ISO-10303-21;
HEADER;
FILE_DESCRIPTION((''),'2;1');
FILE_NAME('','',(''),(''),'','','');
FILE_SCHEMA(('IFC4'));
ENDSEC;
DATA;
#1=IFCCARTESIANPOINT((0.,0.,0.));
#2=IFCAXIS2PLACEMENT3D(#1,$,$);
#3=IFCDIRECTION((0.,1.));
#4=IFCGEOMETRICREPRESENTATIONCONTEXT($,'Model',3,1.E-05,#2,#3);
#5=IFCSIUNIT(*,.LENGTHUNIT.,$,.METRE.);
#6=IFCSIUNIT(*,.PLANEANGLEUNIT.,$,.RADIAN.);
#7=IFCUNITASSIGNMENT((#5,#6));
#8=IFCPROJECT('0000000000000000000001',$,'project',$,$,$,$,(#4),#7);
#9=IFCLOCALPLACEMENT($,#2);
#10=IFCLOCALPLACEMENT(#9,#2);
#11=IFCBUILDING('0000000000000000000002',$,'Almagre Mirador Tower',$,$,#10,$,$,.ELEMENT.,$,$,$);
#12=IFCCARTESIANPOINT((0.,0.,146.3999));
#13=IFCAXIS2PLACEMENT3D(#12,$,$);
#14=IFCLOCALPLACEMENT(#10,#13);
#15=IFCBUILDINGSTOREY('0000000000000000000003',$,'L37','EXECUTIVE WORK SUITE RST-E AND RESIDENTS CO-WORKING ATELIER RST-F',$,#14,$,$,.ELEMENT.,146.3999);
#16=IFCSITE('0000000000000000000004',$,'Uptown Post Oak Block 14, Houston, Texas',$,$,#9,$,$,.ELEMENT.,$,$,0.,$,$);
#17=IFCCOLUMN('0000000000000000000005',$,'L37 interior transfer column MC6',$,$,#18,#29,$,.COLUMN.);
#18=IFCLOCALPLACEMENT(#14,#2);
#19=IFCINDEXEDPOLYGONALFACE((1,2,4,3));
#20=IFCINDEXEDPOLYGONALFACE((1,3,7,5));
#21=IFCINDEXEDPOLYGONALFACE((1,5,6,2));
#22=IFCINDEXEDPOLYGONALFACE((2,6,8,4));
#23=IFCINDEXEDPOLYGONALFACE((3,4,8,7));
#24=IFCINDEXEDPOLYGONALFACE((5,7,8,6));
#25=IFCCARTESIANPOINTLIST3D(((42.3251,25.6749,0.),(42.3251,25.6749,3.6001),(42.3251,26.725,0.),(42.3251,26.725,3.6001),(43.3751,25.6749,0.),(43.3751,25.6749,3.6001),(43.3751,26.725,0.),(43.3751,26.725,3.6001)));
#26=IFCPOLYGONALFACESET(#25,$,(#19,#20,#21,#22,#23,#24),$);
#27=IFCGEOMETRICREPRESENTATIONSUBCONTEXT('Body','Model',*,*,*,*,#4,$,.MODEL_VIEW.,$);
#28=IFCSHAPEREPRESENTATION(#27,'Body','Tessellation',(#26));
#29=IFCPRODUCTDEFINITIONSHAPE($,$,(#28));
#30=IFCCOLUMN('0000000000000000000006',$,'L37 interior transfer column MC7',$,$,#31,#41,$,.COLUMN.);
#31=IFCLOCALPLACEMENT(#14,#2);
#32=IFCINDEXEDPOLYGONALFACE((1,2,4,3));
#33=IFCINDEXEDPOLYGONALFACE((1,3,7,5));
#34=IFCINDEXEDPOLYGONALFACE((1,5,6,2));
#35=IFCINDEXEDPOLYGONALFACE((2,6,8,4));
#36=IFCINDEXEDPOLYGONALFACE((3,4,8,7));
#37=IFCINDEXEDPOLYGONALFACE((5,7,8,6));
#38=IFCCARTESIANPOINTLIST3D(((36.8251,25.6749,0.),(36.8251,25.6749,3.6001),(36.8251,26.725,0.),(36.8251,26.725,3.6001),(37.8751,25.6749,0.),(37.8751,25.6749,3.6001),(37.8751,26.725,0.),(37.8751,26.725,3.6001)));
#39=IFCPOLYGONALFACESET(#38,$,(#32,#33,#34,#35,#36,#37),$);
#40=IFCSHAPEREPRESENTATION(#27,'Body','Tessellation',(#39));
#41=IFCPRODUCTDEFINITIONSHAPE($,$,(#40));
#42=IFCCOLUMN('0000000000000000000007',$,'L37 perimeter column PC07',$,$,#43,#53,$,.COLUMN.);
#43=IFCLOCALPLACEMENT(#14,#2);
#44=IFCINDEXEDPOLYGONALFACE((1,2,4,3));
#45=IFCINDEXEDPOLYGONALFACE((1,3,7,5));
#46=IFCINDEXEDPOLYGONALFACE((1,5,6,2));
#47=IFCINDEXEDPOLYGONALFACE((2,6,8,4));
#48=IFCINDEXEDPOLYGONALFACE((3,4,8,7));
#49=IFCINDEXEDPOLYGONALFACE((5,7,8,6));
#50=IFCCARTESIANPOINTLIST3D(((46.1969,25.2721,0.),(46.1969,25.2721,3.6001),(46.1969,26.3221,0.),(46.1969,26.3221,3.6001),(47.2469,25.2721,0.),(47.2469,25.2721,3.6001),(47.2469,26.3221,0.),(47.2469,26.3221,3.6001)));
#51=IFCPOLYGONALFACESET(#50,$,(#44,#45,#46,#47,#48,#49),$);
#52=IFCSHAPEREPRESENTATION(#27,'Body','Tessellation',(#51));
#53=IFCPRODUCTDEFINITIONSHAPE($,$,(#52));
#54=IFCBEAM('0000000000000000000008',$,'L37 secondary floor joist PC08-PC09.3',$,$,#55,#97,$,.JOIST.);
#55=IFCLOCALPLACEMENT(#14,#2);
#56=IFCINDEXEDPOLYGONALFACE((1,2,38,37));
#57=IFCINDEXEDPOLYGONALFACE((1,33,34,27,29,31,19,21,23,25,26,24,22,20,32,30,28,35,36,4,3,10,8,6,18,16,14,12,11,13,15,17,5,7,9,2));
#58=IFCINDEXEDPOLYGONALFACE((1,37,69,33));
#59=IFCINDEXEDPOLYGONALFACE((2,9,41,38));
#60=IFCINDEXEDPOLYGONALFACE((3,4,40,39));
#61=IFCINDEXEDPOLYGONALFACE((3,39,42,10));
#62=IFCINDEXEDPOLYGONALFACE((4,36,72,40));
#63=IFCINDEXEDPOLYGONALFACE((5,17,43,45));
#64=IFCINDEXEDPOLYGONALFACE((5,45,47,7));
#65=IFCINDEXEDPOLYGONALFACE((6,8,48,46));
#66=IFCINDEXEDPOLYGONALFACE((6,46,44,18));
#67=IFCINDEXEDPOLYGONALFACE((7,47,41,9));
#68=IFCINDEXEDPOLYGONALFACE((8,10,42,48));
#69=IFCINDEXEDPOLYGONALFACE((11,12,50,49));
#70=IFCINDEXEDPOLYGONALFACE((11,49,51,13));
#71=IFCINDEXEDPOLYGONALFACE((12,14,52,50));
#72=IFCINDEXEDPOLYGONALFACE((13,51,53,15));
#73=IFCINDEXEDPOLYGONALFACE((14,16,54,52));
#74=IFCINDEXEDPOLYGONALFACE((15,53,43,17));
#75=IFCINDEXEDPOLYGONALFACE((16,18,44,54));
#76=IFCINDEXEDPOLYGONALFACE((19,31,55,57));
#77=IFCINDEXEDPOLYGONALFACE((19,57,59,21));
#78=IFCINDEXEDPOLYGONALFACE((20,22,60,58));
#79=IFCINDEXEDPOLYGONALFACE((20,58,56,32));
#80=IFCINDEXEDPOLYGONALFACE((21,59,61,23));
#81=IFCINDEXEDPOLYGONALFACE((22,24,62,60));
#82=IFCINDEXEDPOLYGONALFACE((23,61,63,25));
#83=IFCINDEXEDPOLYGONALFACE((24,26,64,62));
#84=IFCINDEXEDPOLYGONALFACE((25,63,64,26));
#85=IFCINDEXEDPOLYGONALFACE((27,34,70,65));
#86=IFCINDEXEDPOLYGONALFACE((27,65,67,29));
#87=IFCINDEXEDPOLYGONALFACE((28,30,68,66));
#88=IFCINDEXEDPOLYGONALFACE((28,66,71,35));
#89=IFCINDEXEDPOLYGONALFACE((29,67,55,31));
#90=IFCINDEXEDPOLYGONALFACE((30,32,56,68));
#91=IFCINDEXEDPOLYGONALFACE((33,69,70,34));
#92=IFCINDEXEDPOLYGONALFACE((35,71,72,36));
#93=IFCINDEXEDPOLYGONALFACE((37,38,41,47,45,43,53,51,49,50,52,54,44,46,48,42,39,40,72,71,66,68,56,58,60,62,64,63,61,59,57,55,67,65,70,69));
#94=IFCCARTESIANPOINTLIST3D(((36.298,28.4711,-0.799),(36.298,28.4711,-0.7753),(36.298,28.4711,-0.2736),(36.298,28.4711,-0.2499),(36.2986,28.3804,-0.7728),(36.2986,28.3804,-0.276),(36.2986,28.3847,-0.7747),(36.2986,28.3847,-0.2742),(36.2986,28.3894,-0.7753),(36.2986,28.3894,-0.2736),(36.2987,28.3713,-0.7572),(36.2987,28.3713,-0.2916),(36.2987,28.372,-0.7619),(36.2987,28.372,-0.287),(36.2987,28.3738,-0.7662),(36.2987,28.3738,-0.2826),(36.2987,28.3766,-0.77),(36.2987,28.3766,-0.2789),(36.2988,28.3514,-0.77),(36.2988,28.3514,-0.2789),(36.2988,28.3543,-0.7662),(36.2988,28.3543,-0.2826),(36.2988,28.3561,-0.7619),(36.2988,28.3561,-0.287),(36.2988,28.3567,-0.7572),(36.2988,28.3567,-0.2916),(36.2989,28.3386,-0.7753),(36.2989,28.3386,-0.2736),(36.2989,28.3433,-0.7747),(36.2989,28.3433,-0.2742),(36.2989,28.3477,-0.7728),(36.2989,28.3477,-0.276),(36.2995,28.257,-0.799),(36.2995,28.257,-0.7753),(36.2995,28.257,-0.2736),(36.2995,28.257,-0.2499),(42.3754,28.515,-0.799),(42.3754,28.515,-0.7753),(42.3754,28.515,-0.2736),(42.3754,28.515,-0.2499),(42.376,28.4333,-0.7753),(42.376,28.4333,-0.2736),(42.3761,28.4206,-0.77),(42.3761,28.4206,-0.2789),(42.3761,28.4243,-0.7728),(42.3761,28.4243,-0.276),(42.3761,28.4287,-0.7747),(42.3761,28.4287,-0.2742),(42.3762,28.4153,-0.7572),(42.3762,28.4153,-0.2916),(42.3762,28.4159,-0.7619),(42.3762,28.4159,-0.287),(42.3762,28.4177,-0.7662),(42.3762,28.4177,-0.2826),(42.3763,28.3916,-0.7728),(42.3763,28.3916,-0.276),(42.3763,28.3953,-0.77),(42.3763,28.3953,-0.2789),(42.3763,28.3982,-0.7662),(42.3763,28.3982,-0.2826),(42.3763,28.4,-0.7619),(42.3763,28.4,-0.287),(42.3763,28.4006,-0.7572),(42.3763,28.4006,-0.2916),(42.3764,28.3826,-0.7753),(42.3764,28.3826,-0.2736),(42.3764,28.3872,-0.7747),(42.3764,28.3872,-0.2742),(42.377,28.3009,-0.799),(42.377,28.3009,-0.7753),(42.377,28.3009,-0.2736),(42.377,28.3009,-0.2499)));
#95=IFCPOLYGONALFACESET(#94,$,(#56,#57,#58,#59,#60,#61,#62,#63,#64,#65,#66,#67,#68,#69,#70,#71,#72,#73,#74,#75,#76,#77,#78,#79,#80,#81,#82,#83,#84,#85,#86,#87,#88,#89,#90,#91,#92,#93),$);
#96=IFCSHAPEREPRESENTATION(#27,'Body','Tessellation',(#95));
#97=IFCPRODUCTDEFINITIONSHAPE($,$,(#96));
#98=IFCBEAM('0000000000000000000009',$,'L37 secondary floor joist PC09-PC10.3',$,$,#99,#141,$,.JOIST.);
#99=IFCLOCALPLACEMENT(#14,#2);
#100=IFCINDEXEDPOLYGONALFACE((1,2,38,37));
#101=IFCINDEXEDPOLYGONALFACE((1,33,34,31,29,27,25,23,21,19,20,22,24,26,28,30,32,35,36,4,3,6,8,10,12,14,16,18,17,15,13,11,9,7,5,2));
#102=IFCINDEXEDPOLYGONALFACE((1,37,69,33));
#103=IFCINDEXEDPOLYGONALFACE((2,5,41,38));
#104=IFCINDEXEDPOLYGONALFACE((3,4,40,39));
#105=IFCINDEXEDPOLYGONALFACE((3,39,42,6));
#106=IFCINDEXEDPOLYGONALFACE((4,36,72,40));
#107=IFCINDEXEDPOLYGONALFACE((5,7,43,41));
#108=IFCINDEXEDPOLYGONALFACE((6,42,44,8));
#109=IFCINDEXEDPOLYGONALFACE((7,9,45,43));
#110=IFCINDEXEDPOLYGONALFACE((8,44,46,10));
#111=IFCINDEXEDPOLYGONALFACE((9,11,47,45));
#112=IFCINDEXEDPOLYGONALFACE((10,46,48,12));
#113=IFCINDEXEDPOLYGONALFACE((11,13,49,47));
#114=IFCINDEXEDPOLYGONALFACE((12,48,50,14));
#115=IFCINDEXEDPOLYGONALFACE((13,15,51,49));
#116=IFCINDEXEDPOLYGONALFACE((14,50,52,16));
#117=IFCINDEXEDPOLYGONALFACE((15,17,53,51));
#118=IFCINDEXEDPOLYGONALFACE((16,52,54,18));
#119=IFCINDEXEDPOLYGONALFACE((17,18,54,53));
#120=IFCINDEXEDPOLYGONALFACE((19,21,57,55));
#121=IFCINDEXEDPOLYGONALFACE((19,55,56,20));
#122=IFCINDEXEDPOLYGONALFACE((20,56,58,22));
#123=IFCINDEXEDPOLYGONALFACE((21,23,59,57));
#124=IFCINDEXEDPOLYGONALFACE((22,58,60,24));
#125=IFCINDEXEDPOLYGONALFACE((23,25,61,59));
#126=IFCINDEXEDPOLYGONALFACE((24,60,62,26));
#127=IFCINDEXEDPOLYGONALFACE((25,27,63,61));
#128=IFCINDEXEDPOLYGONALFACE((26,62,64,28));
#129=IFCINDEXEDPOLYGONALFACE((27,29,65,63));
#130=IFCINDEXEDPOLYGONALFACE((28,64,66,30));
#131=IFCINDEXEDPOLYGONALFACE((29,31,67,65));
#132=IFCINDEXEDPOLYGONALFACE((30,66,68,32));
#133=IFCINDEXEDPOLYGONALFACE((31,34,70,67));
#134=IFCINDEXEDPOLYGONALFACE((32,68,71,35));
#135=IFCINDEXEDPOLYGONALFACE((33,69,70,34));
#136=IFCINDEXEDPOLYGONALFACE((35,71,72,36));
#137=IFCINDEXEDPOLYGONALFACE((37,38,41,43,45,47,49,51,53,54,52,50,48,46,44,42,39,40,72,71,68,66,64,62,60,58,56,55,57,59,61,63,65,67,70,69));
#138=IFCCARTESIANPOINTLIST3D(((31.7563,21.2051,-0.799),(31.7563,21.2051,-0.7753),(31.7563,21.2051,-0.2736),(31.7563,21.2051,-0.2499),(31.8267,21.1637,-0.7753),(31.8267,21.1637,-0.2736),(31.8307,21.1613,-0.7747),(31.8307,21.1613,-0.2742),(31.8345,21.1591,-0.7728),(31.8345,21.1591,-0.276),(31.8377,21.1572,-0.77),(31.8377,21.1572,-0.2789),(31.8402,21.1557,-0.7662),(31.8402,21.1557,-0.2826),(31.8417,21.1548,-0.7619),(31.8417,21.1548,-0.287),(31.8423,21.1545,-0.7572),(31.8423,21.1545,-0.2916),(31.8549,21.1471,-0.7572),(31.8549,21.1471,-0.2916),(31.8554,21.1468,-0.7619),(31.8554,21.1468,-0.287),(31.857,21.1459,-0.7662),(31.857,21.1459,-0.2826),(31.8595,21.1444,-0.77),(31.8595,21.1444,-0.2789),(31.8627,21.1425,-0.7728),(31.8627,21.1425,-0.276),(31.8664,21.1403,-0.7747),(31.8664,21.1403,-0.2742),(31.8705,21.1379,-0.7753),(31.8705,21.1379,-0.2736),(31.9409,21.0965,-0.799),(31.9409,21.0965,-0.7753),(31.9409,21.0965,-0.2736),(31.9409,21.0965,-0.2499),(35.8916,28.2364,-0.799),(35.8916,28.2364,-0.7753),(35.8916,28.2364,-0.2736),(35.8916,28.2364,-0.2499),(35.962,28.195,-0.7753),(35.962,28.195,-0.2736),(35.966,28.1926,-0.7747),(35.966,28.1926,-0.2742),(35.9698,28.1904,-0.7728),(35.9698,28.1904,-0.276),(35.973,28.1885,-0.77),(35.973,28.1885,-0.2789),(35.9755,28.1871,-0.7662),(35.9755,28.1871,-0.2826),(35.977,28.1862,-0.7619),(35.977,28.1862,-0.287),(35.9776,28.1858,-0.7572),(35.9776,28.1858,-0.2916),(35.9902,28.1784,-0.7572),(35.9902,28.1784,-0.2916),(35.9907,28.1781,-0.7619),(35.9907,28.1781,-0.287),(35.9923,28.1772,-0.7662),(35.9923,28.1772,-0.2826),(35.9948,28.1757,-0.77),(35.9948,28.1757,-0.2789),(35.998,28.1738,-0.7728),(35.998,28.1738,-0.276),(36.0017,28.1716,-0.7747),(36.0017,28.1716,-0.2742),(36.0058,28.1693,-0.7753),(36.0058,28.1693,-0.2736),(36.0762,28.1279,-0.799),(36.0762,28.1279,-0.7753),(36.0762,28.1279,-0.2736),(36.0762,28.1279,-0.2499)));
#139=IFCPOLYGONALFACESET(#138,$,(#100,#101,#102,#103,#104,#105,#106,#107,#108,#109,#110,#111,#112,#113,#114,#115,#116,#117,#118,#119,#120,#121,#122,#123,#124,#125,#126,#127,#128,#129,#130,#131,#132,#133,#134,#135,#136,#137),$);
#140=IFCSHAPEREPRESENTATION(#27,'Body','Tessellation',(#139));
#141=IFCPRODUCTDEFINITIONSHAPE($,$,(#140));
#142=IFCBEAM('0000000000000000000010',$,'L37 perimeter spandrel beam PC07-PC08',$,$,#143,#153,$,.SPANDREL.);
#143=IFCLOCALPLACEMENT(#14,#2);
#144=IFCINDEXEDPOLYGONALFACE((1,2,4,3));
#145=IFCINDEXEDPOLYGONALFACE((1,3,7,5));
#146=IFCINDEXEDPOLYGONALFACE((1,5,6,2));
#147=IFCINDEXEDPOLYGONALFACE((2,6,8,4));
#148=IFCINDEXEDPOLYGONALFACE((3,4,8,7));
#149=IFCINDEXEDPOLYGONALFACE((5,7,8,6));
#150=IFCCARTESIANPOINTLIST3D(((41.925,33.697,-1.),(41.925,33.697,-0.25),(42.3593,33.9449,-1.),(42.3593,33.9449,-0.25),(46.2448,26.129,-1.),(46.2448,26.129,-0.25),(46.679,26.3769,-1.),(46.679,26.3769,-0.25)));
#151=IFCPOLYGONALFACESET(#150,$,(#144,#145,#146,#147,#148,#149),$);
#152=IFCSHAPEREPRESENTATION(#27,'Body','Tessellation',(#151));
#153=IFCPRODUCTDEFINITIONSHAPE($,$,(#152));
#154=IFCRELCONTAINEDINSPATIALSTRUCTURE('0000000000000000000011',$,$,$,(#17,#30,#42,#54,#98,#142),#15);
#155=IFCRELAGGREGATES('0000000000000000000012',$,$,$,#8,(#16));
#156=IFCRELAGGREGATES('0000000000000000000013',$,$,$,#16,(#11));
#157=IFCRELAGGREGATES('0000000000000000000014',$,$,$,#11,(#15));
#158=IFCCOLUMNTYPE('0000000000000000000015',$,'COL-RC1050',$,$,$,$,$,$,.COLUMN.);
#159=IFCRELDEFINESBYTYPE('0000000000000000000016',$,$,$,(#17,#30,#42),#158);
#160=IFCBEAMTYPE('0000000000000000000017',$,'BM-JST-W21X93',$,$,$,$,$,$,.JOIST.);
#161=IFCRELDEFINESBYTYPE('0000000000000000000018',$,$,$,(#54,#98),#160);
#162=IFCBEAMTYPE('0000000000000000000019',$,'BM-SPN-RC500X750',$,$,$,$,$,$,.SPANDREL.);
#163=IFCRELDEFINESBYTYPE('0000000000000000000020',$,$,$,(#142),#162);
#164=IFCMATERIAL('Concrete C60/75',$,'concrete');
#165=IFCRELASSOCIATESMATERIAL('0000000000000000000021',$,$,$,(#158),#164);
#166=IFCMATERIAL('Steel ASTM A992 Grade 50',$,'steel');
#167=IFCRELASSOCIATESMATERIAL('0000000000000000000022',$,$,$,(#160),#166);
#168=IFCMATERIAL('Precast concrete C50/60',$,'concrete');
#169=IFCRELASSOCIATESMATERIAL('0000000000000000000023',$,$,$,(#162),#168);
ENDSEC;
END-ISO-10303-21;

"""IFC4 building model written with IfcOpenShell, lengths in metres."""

from ifc_helpers import new_model, si_unit, direction, frame, origin, origin_2d, place, context, subcontext, project, spatial, rectangle, i_section, extrude, material, material_profile, profile_set, type_object, element, save


model = new_model("IFC4")

# Units and contexts
model_context = context("Model", 3, precision=1e-05, world=origin(), true_north=direction((0.0, 1.0)))
body_context = subcontext(model_context, "Body", "Model", "MODEL_VIEW")
ifc_project = project(units=[si_unit("LENGTHUNIT", "METRE"), si_unit("PLANEANGLEUNIT", "RADIAN")], contexts=[model_context])

# Site, building, storey
site_placement = place(None, origin())
site = spatial("IfcSite", under=ifc_project, at=site_placement, Name="Uptown Post Oak Block 14, Houston, Texas", CompositionType="ELEMENT", RefElevation=0.0)
building_placement = place(site_placement, origin())
building = spatial("IfcBuilding", under=site, at=building_placement, Name="Almagre Mirador Tower", CompositionType="ELEMENT")
storey_placement = place(building_placement, frame((0.0, 0.0, 146.3999)))
storey = spatial("IfcBuildingStorey", under=building, at=storey_placement, Name="L37", Description="EXECUTIVE WORK SUITE RST-E AND RESIDENTS CO-WORKING ATELIER RST-F", CompositionType="ELEMENT", Elevation=146.3999)

# Columns
ifc_material_1 = material(Name="Concrete C60/75", Category="concrete")
ifc_material_profile_1 = material_profile(ifc_material_1, rectangle(XDim=1.05, YDim=1.05, at=origin_2d()), Name="RC1050X1050")
ifc_profile_set_1 = profile_set([ifc_material_profile_1], Name="Concrete C60/75")
column_type = type_object("IfcColumnType", Name="COL-RC1050", PredefinedType="COLUMN", material=ifc_profile_set_1)
for number, where, z_axis, x_axis, name in (
    (1, (42.8501, 26.2, 0.0), (0.0, 0.0, 1.0), (1.0, 0.0, 0.0), "L37 interior transfer column MC6"),
    (2, (37.3501, 26.2, 0.0), (0.0, 0.0, 1.0), (1.0, 0.0, 0.0), "L37 interior transfer column MC7"),
    (3, (46.7219, 25.7971, 0.0), (0.0, 0.0, 1.0), (1.0, 0.0, 0.0), "L37 perimeter column PC07"),
):
    element("IfcColumn", number, at=place(storey_placement, frame(where, z_axis=z_axis, x_axis=x_axis)), inside=storey, type_object=column_type, Name=name, PredefinedType="COLUMN", context=body_context, shape_type="SweptSolid", body=[
        extrude(rectangle(XDim=1.05, YDim=1.05, at=origin_2d()), origin(), (0.0, 0.0, 1.0), 3.6001),
    ])

# Beams
ifc_material_2 = material(Name="Steel ASTM A992 Grade 50", Category="steel")
ifc_material_profile_2 = material_profile(ifc_material_2, i_section(OverallWidth=0.2141, OverallDepth=0.5491, WebThickness=0.0146, FlangeThickness=0.0237, FilletRadius=0.0181, at=origin_2d()), Name="W21X93")
ifc_profile_set_2 = profile_set([ifc_material_profile_2], Name="Steel ASTM A992 Grade 50")
beam_type_1 = type_object("IfcBeamType", Name="BM-JST-W21X93", PredefinedType="JOIST", material=ifc_profile_set_2)
beam_1_placement = place(storey_placement, frame((42.3762, 28.408, -0.5244), z_axis=(-0.999974, -0.007231, 0.0), x_axis=(0.007231, -0.999974, 0.0)))
element("IfcBeam", 4, at=beam_1_placement, inside=storey, type_object=beam_type_1, Name="L37 secondary floor joist PC08-PC09.3", PredefinedType="JOIST", context=body_context, shape_type="SweptSolid", body=[
    extrude(i_section(OverallWidth=0.2141, OverallDepth=0.5491, WebThickness=0.0146, FlangeThickness=0.0237, FilletRadius=0.0181, at=origin_2d()), origin(), (0.0, 0.0, 1.0), 6.0776),
])
beam_2_placement = place(storey_placement, frame((35.9839, 28.1821, -0.5244), z_axis=(-0.506949, -0.861976, 0.0), x_axis=(0.861976, -0.506949, 0.0)))
element("IfcBeam", 5, at=beam_2_placement, inside=storey, type_object=beam_type_1, Name="L37 secondary floor joist PC09-PC10.3", PredefinedType="JOIST", context=body_context, shape_type="SweptSolid", body=[
    extrude(i_section(OverallWidth=0.2141, OverallDepth=0.5491, WebThickness=0.0146, FlangeThickness=0.0237, FilletRadius=0.0181, at=origin_2d()), origin(), (0.0, 0.0, 1.0), 8.1572),
])
ifc_material_3 = material(Name="Precast concrete C50/60", Category="concrete")
ifc_material_profile_3 = material_profile(ifc_material_3, rectangle(XDim=0.5, YDim=0.75, at=origin_2d()), Name="RC500X750")
ifc_profile_set_3 = profile_set([ifc_material_profile_3], Name="Precast concrete C50/60")
beam_type_2 = type_object("IfcBeamType", Name="BM-SPN-RC500X750", PredefinedType="SPANDREL", material=ifc_profile_set_3)
beam_3_placement = place(storey_placement, frame((46.4619, 26.2529, -0.625), z_axis=(-0.495723, 0.868481, 0.0), x_axis=(-0.868481, -0.495723, 0.0)))
element("IfcBeam", 6, at=beam_3_placement, inside=storey, type_object=beam_type_2, Name="L37 perimeter spandrel beam PC07-PC08", PredefinedType="SPANDREL", context=body_context, shape_type="SweptSolid", body=[
    extrude(rectangle(XDim=0.5, YDim=0.75, at=origin_2d()), origin(), (0.0, 0.0, 1.0), 8.7141),
])

save(model, "model.ifc")
